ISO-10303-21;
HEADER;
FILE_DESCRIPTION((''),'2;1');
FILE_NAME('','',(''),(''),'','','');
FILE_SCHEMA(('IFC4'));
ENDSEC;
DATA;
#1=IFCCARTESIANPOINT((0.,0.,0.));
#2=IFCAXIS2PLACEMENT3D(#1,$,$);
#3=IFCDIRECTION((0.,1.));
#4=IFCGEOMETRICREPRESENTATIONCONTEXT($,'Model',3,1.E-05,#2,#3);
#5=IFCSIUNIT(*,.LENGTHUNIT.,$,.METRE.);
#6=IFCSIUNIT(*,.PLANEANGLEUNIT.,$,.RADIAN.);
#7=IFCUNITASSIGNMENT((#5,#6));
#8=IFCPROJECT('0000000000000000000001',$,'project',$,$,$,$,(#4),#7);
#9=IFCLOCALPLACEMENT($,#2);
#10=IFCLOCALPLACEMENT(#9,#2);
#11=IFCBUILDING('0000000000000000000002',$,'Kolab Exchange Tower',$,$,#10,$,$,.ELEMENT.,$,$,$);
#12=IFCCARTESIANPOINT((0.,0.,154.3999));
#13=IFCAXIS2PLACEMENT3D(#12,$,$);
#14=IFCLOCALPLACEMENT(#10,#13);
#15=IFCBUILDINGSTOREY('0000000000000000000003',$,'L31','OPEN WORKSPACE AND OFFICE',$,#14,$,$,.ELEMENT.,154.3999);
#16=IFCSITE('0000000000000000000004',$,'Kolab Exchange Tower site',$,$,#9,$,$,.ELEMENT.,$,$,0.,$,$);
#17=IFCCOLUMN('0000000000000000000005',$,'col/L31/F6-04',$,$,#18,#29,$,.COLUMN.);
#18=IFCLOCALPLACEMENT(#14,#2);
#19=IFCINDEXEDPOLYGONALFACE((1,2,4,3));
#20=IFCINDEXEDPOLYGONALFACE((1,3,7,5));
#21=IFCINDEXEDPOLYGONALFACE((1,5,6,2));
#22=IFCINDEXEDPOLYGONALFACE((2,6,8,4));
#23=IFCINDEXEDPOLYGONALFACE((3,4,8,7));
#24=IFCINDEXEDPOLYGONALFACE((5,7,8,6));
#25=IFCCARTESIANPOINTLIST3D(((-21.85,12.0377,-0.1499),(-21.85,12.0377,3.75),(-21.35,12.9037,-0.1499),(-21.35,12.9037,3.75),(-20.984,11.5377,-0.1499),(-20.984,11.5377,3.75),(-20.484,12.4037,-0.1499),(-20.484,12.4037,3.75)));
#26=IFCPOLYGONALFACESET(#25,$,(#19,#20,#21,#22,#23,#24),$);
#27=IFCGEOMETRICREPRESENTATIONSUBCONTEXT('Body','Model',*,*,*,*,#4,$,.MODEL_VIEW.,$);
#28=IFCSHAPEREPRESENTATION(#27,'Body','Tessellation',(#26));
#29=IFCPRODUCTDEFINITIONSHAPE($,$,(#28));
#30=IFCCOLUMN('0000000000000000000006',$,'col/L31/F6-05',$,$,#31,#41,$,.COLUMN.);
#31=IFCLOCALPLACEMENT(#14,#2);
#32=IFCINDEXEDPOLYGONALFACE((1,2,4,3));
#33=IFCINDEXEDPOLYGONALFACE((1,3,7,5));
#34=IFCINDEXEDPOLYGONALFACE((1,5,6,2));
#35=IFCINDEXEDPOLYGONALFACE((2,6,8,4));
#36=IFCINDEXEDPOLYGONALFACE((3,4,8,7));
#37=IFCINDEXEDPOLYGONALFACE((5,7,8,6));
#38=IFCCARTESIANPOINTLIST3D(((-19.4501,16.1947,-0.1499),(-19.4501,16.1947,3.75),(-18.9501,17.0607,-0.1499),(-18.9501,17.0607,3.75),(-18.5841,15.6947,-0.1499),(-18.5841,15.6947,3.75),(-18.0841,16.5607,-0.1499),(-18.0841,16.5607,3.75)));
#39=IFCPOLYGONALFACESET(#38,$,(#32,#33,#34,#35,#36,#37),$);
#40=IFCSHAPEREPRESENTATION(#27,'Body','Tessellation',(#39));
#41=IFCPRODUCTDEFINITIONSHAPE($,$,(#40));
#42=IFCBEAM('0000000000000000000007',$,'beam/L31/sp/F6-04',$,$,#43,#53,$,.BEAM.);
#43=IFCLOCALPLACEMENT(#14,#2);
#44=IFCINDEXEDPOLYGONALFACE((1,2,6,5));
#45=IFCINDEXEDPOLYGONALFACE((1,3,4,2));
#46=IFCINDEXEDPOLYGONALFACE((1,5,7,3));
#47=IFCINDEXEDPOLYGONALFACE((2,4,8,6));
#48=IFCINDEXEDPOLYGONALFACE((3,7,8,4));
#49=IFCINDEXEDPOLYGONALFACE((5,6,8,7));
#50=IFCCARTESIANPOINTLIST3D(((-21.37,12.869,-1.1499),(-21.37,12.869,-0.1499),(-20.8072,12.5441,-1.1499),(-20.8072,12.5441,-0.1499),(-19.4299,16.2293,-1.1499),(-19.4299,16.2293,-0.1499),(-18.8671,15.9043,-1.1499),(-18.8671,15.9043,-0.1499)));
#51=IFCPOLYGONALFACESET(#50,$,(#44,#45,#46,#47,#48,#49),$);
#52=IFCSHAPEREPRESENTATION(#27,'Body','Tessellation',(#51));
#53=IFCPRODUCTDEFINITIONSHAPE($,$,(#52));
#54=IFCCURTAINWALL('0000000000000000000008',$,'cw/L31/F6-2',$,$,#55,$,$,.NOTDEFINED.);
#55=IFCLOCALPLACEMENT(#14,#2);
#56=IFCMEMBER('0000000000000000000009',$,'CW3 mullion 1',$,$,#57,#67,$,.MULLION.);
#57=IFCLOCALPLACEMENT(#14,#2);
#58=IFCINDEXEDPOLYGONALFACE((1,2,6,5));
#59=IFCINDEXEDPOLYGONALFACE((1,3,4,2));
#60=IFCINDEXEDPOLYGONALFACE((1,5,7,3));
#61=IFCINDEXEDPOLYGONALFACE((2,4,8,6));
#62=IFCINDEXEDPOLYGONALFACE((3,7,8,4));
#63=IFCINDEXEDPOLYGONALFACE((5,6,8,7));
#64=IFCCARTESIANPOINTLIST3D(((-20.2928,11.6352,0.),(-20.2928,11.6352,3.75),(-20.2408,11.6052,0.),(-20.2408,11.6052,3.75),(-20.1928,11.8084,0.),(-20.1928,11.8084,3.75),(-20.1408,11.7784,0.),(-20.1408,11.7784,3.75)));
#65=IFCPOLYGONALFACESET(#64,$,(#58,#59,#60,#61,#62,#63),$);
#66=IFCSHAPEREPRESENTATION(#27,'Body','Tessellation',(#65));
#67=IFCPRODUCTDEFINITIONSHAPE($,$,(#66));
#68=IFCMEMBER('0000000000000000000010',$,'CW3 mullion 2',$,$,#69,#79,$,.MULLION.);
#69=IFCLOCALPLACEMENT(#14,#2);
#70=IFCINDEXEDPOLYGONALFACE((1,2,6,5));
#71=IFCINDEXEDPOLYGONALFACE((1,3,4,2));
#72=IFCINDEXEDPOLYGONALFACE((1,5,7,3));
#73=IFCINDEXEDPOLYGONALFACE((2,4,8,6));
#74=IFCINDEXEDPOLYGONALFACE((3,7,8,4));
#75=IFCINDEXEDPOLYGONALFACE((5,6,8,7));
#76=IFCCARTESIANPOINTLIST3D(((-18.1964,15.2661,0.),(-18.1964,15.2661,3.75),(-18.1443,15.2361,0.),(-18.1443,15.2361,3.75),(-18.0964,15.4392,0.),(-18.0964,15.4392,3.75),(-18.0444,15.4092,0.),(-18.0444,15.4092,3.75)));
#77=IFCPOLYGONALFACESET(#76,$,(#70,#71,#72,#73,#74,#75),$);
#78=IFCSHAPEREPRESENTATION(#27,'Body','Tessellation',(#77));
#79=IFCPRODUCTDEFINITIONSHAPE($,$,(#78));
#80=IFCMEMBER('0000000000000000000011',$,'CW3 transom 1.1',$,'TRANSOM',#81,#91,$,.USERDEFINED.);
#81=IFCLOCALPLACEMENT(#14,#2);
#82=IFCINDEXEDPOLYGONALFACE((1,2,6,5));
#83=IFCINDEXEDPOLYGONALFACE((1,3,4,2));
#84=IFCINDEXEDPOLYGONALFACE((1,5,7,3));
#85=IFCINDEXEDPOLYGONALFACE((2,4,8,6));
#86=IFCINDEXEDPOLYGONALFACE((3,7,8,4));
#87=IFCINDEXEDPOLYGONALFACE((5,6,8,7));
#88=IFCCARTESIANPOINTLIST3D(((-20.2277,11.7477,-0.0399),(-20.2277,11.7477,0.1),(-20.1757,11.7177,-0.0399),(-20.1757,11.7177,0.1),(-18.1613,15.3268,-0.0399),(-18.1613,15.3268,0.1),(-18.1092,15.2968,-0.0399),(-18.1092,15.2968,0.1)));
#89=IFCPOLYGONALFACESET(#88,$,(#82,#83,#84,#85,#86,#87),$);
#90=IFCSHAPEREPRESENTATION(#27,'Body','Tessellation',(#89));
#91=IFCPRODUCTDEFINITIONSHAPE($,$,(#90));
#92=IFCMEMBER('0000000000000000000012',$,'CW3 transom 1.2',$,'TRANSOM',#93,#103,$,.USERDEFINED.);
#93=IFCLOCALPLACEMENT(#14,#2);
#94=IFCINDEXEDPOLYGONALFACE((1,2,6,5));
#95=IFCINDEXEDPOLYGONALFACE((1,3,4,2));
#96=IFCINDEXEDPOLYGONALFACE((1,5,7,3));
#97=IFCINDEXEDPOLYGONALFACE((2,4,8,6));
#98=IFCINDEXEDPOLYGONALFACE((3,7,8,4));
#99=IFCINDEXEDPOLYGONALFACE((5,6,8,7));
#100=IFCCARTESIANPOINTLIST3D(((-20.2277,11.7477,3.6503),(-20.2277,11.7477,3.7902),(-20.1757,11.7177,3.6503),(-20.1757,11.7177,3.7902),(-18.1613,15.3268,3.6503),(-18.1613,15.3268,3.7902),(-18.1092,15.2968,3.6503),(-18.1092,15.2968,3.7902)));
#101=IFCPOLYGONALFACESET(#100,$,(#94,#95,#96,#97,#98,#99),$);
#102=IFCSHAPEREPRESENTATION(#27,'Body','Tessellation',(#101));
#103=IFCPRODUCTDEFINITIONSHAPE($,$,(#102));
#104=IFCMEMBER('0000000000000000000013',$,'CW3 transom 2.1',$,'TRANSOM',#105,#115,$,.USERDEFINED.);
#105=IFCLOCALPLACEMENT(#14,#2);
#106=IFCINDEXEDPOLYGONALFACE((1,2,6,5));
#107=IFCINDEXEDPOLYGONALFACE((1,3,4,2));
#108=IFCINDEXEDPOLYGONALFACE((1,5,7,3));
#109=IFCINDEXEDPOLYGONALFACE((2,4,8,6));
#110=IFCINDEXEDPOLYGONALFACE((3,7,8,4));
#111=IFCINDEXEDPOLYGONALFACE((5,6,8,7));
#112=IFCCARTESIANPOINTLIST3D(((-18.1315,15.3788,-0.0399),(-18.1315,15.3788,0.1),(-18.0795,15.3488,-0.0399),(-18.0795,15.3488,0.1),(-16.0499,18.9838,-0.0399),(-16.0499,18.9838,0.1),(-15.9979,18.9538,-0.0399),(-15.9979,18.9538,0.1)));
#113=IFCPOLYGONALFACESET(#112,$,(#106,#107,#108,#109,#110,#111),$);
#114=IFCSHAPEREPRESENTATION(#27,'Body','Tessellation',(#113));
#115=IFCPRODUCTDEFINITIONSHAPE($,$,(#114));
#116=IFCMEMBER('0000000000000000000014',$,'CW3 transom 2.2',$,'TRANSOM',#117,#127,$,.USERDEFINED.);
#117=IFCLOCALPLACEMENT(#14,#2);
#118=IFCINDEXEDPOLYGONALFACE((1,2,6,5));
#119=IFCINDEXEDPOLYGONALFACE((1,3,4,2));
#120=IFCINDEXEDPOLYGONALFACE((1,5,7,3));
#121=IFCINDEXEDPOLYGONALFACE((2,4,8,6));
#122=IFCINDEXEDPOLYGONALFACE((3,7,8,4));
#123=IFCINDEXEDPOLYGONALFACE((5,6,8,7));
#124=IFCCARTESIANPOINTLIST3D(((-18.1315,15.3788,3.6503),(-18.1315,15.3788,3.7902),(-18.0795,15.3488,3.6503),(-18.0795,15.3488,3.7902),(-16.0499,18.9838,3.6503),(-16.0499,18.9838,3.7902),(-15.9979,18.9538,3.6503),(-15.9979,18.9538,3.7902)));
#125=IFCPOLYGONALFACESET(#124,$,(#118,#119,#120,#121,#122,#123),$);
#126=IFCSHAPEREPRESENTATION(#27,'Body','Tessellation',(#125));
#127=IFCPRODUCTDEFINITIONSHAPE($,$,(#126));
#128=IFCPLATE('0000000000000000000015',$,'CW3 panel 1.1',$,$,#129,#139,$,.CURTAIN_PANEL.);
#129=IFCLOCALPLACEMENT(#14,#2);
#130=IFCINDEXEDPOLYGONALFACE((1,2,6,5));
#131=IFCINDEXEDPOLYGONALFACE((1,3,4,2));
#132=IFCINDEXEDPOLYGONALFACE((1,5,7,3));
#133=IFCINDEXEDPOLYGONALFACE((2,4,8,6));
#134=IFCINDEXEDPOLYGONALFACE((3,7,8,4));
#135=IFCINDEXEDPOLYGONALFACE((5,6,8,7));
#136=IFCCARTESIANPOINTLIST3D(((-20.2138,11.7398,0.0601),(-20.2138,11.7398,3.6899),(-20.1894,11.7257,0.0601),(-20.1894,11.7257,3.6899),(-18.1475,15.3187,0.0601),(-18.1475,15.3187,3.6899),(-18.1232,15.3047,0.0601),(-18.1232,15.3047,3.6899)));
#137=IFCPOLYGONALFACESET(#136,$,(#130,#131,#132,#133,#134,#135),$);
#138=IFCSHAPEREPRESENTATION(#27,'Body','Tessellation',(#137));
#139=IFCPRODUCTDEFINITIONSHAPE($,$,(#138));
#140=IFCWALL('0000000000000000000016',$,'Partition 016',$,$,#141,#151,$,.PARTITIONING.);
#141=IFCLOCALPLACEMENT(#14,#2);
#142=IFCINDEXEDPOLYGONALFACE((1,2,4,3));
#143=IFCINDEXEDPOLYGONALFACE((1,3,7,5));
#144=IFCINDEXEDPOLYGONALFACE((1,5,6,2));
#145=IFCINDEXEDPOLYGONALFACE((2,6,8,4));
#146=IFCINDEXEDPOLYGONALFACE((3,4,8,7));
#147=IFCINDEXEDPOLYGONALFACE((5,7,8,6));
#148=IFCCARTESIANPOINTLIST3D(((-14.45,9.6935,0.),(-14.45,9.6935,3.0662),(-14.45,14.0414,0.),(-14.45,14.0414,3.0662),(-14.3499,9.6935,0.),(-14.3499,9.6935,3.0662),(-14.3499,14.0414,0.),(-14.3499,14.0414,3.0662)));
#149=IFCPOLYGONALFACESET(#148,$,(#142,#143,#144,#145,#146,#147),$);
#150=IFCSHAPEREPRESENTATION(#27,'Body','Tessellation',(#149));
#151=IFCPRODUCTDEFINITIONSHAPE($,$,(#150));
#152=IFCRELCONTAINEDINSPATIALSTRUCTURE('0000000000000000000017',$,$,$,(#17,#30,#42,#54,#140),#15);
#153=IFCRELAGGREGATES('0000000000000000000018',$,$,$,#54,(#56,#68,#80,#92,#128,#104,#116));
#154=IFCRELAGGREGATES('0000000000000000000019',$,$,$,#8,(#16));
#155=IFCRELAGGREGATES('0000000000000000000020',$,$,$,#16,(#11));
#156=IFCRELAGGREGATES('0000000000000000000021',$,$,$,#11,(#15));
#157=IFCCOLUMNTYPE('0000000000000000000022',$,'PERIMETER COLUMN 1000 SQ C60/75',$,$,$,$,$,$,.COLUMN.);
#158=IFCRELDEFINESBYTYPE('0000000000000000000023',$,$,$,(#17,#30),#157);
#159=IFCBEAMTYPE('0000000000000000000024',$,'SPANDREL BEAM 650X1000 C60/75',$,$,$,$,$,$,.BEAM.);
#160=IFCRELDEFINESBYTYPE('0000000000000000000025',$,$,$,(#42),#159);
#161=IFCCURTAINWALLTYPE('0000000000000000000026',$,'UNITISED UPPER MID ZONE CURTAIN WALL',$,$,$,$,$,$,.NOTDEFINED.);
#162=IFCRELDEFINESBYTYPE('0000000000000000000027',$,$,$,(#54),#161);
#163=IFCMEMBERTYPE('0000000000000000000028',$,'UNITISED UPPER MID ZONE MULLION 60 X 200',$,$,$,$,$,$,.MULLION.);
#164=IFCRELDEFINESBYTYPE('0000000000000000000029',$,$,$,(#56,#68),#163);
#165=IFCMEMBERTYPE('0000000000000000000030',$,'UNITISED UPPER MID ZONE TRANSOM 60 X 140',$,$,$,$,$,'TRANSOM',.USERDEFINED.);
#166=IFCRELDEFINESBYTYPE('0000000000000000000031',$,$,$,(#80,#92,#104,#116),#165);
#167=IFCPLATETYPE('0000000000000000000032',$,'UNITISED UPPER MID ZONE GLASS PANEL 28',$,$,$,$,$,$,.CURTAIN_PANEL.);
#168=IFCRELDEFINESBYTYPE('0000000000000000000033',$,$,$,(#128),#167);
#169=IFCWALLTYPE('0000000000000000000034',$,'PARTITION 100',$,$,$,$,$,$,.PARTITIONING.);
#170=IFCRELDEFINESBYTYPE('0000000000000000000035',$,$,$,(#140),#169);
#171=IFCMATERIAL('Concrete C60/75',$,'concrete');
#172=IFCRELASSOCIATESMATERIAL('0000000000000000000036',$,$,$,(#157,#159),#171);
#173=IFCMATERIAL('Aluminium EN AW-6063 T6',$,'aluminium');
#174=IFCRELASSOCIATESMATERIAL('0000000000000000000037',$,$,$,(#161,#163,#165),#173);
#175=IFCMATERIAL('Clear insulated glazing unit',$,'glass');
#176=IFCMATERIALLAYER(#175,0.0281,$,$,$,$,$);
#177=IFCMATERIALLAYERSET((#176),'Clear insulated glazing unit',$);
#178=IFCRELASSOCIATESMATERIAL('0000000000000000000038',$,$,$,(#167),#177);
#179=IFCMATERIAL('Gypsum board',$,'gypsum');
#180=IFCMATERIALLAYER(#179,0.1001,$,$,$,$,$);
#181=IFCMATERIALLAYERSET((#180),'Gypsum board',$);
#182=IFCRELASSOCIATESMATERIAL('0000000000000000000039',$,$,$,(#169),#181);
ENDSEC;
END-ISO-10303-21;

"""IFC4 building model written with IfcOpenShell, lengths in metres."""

from ifc_helpers import new_model, si_unit, direction, frame, frame_2d, origin, origin_2d, place, context, subcontext, project, spatial, rectangle, extrude, material, layer, layer_set, material_profile, profile_set, type_object, element, aggregate, save


model = new_model("IFC4")

# Units and contexts
model_context = context("Model", 3, precision=1e-05, world=origin(), true_north=direction((0.0, 1.0)))
body_context = subcontext(model_context, "Body", "Model", "MODEL_VIEW")
ifc_project = project(units=[si_unit("LENGTHUNIT", "METRE"), si_unit("PLANEANGLEUNIT", "RADIAN")], contexts=[model_context])

# Site, building, storey
site_placement = place(None, origin())
site = spatial("IfcSite", under=ifc_project, at=site_placement, Name="Kolab Exchange Tower site", CompositionType="ELEMENT", RefElevation=0.0)
building_placement = place(site_placement, origin())
building = spatial("IfcBuilding", under=site, at=building_placement, Name="Kolab Exchange Tower", CompositionType="ELEMENT")
storey_placement = place(building_placement, frame((0.0, 0.0, 154.3999)))
storey = spatial("IfcBuildingStorey", under=building, at=storey_placement, Name="L31", Description="OPEN WORKSPACE AND OFFICE", CompositionType="ELEMENT", Elevation=154.3999)

# Columns
ifc_material_1 = material(Name="Concrete C60/75", Category="concrete")
ifc_material_profile_1 = material_profile(ifc_material_1, rectangle(XDim=1.0, YDim=1.0, at=origin_2d()), Name="RC1000")
ifc_profile_set_1 = profile_set([ifc_material_profile_1], Name="Concrete C60/75")
column_type = type_object("IfcColumnType", Name="PERIMETER COLUMN 1000 SQ C60/75", PredefinedType="COLUMN", material=ifc_profile_set_1)
for number, where, z_axis, x_axis, name in (
    (1, (-21.167, 12.2207, -0.1499), (0.0, 0.0, 1.0), (0.5, 0.866025, 0.0), "col/L31/F6-04"),
    (2, (-18.7671, 16.3777, -0.1499), (0.0, 0.0, 1.0), (0.5, 0.866025, 0.0), "col/L31/F6-05"),
):
    element("IfcColumn", number, at=place(storey_placement, frame(where, z_axis=z_axis, x_axis=x_axis)), inside=storey, type_object=column_type, Name=name, PredefinedType="COLUMN", context=body_context, shape_type="SweptSolid", body=[
        extrude(rectangle(XDim=1.0, YDim=1.0, at=origin_2d()), origin(), (0.0, 0.0, 1.0), 3.8999),
    ])

# Beam
ifc_material_profile_2 = material_profile(ifc_material_1, rectangle(XDim=0.6499, YDim=1.0, at=origin_2d()), Name="RC650X1000")
ifc_profile_set_2 = profile_set([ifc_material_profile_2], Name="Concrete C60/75")
beam_type = type_object("IfcBeamType", Name="SPANDREL BEAM 650X1000 C60/75", PredefinedType="BEAM", material=ifc_profile_set_2)
beam_placement = place(storey_placement, frame((-21.0886, 12.7065, -0.6499), z_axis=(0.500017, 0.866016, 0.0), x_axis=(-0.866016, 0.500017, 0.0)))
element("IfcBeam", 3, at=beam_placement, inside=storey, type_object=beam_type, Name="beam/L31/sp/F6-04", PredefinedType="BEAM", context=body_context, shape_type="SweptSolid", body=[
    extrude(rectangle(XDim=0.6499, YDim=1.0, at=origin_2d()), origin(), (0.0, 0.0, 1.0), 3.8801),
])

# Curtain wall, members, plate
ifc_material_2 = material(Name="Aluminium EN AW-6063 T6", Category="aluminium")
curtain_wall_type = type_object("IfcCurtainWallType", Name="UNITISED UPPER MID ZONE CURTAIN WALL", PredefinedType="NOTDEFINED", material=ifc_material_2)
curtain_wall_placement = place(storey_placement, origin())
curtain_wall = element("IfcCurtainWall", 4, at=curtain_wall_placement, inside=storey, type_object=curtain_wall_type, Name="cw/L31/F6-2", PredefinedType="NOTDEFINED")
ifc_material_profile_3 = material_profile(ifc_material_2, rectangle(XDim=0.0601, YDim=0.2, at=origin_2d()), Name="RECT 60X200")
ifc_profile_set_3 = profile_set([ifc_material_profile_3], Name="Aluminium EN AW-6063 T6")
member_type_1 = type_object("IfcMemberType", Name="UNITISED UPPER MID ZONE MULLION 60 X 200", PredefinedType="MULLION", material=ifc_profile_set_3)
member_1_placement = place(storey_placement, frame((-20.2168, 11.7068, 0.0), z_axis=(0.0, 0.0, 1.0), x_axis=(-0.866025, 0.5, 0.0)))
member_1 = element("IfcMember", 5, at=member_1_placement, type_object=member_type_1, Name="CW3 mullion 1", PredefinedType="MULLION", context=body_context, shape_type="SweptSolid", body=[
    extrude(rectangle(XDim=0.0601, YDim=0.2, at=origin_2d()), origin(), (0.0, 0.0, 1.0), 3.75),
])
member_2_placement = place(storey_placement, frame((-18.1204, 15.3376, 0.0), z_axis=(0.0, 0.0, 1.0), x_axis=(-0.866025, 0.5, 0.0)))
member_2 = element("IfcMember", 6, at=member_2_placement, type_object=member_type_1, Name="CW3 mullion 2", PredefinedType="MULLION", context=body_context, shape_type="SweptSolid", body=[
    extrude(rectangle(XDim=0.0601, YDim=0.2, at=origin_2d()), origin(), (0.0, 0.0, 1.0), 3.75),
])
ifc_material_profile_4 = material_profile(ifc_material_2, rectangle(XDim=0.0601, YDim=0.1399, at=origin_2d()), Name="RECT 60X140")
ifc_profile_set_4 = profile_set([ifc_material_profile_4], Name="Aluminium EN AW-6063 T6")
member_type_2 = type_object("IfcMemberType", Name="UNITISED UPPER MID ZONE TRANSOM 60 X 140", ElementType="TRANSOM", PredefinedType="USERDEFINED", material=ifc_profile_set_4)
member_3_placement = place(storey_placement, frame((-20.2017, 11.7327, 0.03), z_axis=(0.500002, 0.866024, 0.0), x_axis=(-0.866024, 0.500002, 0.0)))
member_3 = element("IfcMember", 7, at=member_3_placement, type_object=member_type_2, Name="CW3 transom 1.1", ObjectType="TRANSOM", PredefinedType="USERDEFINED", context=body_context, shape_type="SweptSolid", body=[
    extrude(rectangle(XDim=0.0601, YDim=0.1399, at=origin_2d()), origin(), (0.0, 0.0, 1.0), 4.1328),
])
member_4_placement = place(storey_placement, frame((-20.2017, 11.7327, 3.7202), z_axis=(0.500002, 0.866024, 0.0), x_axis=(-0.866024, 0.500002, 0.0)))
member_4 = element("IfcMember", 8, at=member_4_placement, type_object=member_type_2, Name="CW3 transom 1.2", ObjectType="TRANSOM", PredefinedType="USERDEFINED", context=body_context, shape_type="SweptSolid", body=[
    extrude(rectangle(XDim=0.0601, YDim=0.1399, at=origin_2d()), origin(), (0.0, 0.0, 1.0), 4.1328),
])
member_5_placement = place(storey_placement, frame((-18.1055, 15.3638, 0.03), z_axis=(0.500037, 0.866004, 0.0), x_axis=(-0.866004, 0.500037, 0.0)))
member_5 = element("IfcMember", 9, at=member_5_placement, type_object=member_type_2, Name="CW3 transom 2.1", ObjectType="TRANSOM", PredefinedType="USERDEFINED", context=body_context, shape_type="SweptSolid", body=[
    extrude(rectangle(XDim=0.0601, YDim=0.1399, at=origin_2d()), origin(), (0.0, 0.0, 1.0), 4.1628),
])
member_6_placement = place(storey_placement, frame((-18.1055, 15.3638, 3.7202), z_axis=(0.500037, 0.866004, 0.0), x_axis=(-0.866004, 0.500037, 0.0)))
member_6 = element("IfcMember", 10, at=member_6_placement, type_object=member_type_2, Name="CW3 transom 2.2", ObjectType="TRANSOM", PredefinedType="USERDEFINED", context=body_context, shape_type="SweptSolid", body=[
    extrude(rectangle(XDim=0.0601, YDim=0.1399, at=origin_2d()), origin(), (0.0, 0.0, 1.0), 4.1628),
])
ifc_material_3 = material(Name="Clear insulated glazing unit", Category="glass")
ifc_layer_1 = layer(ifc_material_3, 0.0281)
ifc_layer_set_1 = layer_set([ifc_layer_1], Name="Clear insulated glazing unit")
plate_type = type_object("IfcPlateType", Name="UNITISED UPPER MID ZONE GLASS PANEL 28", PredefinedType="CURTAIN_PANEL", material=ifc_layer_set_1)
plate_placement = place(storey_placement, frame((-19.1685, 13.5222, 0.0601), z_axis=(0.0, 0.0, 1.0), x_axis=(0.5, 0.866025, 0.0)))
plate = element("IfcPlate", 11, at=plate_placement, type_object=plate_type, Name="CW3 panel 1.1", PredefinedType="CURTAIN_PANEL", context=body_context, shape_type="SweptSolid", body=[
    extrude(rectangle(XDim=4.1326, YDim=0.0281, at=origin_2d()), origin(), (0.0, 0.0, 1.0), 3.6299),
])
aggregate(curtain_wall, [member_1, member_2, member_3, member_4, plate, member_5, member_6])

# Wall
ifc_material_4 = material(Name="Gypsum board", Category="gypsum")
ifc_layer_2 = layer(ifc_material_4, 0.1001)
ifc_layer_set_2 = layer_set([ifc_layer_2], Name="Gypsum board")
wall_type_1 = type_object("IfcWallType", Name="PARTITION 100", PredefinedType="PARTITIONING", material=ifc_layer_set_2)
wall_1_placement = place(storey_placement, frame((-14.3999, 9.6936, 0.0), z_axis=(0.0, 0.0, 1.0), x_axis=(0.0, 1.0, 0.0)))
element("IfcWall", 12, at=wall_1_placement, inside=storey, type_object=wall_type_1, Name="Partition 016", PredefinedType="PARTITIONING", context=body_context, shape_type="SweptSolid", body=[
    extrude(rectangle(XDim=4.3479, YDim=0.1001, at=frame_2d((2.1738, 0.0))), origin(), (0.0, 0.0, 1.0), 3.0662),
])

save(model, "model.ifc")
